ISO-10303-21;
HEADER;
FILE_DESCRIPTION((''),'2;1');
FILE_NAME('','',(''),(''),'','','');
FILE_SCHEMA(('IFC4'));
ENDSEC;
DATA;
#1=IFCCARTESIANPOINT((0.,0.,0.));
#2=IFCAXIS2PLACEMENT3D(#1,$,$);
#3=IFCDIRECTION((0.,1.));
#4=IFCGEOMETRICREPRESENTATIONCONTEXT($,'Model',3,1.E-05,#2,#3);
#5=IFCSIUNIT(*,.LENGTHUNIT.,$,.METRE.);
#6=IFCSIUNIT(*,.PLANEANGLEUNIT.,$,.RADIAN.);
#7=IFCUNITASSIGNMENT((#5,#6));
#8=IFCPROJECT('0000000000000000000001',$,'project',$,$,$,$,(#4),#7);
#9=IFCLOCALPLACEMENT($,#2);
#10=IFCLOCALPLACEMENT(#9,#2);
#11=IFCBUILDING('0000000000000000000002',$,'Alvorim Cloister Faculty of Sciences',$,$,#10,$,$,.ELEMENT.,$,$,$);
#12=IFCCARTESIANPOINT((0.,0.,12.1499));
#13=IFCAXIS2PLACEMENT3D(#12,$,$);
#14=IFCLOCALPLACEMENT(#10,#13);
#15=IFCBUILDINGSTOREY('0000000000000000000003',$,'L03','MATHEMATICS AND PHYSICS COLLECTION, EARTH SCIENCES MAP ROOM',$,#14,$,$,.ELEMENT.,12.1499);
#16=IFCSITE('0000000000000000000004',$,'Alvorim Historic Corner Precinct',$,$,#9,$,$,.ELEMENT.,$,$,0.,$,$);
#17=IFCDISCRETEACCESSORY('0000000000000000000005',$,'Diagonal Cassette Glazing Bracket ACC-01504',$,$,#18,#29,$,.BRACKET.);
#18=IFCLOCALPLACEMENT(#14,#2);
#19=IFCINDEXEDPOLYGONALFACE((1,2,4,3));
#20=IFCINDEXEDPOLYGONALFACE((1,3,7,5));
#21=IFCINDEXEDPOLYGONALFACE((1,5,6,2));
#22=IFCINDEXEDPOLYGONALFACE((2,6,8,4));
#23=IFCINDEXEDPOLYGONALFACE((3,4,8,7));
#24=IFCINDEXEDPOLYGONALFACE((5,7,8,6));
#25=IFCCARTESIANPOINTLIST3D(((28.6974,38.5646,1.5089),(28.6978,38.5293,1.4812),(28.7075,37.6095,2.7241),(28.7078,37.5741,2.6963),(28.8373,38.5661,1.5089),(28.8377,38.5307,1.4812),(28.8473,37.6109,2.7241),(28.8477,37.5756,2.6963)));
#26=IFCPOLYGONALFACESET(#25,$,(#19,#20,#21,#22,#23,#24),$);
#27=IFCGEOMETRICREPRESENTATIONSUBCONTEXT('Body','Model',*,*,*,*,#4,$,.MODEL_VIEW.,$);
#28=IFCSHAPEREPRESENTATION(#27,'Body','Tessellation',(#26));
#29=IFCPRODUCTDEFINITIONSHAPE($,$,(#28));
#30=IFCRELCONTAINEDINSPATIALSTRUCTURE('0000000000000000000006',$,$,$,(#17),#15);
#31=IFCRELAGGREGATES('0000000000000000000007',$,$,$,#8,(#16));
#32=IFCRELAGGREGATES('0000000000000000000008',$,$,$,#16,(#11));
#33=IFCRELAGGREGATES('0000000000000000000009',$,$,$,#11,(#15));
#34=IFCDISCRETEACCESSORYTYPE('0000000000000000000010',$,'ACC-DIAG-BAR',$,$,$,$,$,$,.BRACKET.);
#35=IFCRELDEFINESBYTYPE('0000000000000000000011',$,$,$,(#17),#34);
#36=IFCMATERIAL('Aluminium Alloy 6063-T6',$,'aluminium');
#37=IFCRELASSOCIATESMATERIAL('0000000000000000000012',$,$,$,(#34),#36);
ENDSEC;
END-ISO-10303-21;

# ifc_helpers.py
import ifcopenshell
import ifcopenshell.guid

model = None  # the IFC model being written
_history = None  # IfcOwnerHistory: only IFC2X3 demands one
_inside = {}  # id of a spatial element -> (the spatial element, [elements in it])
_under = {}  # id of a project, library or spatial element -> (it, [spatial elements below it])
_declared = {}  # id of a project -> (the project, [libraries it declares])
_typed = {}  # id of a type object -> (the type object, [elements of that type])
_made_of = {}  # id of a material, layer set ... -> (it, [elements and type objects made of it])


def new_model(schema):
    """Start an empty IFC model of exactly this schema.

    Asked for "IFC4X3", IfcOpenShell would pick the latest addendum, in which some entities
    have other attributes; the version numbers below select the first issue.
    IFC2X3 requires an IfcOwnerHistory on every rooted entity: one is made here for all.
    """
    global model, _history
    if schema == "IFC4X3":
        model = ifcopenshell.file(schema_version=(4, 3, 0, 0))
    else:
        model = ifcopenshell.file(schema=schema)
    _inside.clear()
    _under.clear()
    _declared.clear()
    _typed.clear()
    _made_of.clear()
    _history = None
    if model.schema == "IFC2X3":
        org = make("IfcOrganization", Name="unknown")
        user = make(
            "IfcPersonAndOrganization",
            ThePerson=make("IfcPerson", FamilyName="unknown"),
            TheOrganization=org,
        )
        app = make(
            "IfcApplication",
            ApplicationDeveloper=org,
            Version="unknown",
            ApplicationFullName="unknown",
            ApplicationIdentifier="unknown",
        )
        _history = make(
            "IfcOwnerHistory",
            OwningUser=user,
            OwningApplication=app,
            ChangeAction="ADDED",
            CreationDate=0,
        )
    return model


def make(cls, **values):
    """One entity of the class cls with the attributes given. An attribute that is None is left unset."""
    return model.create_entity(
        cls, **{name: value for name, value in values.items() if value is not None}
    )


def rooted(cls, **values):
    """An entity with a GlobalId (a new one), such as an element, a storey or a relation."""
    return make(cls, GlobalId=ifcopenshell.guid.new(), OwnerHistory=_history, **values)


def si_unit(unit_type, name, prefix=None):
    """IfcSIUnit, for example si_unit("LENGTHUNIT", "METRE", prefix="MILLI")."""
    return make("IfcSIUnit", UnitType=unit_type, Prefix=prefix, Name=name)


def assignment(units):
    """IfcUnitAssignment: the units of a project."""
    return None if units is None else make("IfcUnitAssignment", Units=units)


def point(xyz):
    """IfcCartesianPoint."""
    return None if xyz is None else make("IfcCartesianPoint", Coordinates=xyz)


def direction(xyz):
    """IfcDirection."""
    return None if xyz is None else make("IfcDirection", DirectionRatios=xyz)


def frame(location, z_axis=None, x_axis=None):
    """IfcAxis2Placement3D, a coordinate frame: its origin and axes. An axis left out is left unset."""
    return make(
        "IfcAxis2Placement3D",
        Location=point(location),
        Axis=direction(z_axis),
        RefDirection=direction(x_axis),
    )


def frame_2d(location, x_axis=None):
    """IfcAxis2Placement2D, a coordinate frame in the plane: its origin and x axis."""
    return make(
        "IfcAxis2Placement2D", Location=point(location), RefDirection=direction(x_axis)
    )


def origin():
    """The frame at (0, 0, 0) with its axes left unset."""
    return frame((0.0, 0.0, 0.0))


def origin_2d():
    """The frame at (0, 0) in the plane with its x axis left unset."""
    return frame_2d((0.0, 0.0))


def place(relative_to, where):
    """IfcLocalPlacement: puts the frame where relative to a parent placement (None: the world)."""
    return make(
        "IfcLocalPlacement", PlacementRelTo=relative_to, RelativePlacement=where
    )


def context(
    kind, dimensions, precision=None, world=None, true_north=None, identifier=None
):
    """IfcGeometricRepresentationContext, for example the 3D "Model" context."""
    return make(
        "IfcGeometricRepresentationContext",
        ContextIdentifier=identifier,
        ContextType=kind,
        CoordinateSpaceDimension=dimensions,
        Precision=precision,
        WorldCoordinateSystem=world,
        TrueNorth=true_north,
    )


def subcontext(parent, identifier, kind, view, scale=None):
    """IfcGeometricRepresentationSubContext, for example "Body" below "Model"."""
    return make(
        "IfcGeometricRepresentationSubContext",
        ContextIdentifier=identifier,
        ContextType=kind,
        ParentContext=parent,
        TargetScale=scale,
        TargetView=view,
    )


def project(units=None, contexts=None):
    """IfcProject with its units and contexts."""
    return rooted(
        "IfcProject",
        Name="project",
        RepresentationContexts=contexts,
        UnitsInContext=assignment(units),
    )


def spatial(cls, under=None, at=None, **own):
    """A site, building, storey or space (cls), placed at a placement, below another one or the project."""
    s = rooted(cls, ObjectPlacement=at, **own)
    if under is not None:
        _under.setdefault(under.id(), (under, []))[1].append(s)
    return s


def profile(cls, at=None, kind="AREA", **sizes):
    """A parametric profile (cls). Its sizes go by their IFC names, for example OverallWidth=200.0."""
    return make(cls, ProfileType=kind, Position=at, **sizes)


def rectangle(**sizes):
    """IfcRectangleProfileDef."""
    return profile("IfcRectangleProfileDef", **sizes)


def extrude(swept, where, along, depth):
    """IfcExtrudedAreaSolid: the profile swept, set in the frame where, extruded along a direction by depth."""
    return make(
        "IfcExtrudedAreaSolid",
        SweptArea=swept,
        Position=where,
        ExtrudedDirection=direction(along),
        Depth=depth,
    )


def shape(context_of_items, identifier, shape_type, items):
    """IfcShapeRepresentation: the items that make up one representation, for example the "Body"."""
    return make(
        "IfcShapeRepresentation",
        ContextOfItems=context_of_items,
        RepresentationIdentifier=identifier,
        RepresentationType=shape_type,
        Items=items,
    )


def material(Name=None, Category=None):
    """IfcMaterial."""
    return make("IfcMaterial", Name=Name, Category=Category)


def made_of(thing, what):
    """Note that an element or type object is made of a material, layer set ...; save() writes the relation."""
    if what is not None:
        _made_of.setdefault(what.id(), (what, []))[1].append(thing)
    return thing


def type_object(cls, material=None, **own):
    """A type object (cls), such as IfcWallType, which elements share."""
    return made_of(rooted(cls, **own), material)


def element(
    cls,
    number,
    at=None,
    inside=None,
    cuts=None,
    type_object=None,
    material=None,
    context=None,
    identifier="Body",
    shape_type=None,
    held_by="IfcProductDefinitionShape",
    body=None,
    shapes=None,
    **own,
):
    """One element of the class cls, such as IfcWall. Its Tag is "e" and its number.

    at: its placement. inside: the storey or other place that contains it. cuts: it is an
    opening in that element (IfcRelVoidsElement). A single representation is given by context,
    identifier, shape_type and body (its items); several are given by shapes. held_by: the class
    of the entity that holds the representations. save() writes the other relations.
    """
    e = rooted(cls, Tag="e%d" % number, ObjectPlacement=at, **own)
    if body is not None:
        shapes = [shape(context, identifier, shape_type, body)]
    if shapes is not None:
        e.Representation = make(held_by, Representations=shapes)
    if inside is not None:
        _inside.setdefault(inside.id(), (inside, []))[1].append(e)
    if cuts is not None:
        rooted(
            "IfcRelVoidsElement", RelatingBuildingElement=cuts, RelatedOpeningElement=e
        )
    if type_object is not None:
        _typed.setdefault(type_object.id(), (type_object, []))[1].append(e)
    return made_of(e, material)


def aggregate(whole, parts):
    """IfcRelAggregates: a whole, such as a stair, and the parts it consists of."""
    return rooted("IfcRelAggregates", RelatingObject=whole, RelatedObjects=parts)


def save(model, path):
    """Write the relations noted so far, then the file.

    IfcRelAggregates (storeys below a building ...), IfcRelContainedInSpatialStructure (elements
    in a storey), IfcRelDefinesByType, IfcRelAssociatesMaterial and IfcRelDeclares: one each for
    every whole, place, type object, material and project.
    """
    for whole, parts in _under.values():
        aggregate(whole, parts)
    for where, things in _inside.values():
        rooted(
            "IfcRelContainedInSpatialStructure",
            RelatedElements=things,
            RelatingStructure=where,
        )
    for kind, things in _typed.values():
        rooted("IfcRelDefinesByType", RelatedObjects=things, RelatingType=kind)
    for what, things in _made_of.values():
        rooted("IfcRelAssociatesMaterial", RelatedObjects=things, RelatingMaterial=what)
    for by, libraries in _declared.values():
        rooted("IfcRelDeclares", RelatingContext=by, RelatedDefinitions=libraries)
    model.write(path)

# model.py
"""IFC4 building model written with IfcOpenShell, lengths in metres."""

from ifc_helpers import new_model, si_unit, direction, frame, origin, origin_2d, place, context, subcontext, project, spatial, rectangle, extrude, material, type_object, element, save


model = new_model("IFC4")

# Units and contexts
model_context = context("Model", 3, precision=1e-05, world=origin(), true_north=direction((0.0, 1.0)))
body_context = subcontext(model_context, "Body", "Model", "MODEL_VIEW")
ifc_project = project(units=[si_unit("LENGTHUNIT", "METRE"), si_unit("PLANEANGLEUNIT", "RADIAN")], contexts=[model_context])

# Site, building, storey
site_placement = place(None, origin())
site = spatial("IfcSite", under=ifc_project, at=site_placement, Name="Alvorim Historic Corner Precinct", CompositionType="ELEMENT", RefElevation=0.0)
building_placement = place(site_placement, origin())
building = spatial("IfcBuilding", under=site, at=building_placement, Name="Alvorim Cloister Faculty of Sciences", CompositionType="ELEMENT")
storey_placement = place(building_placement, frame((0.0, 0.0, 12.1499)))
storey = spatial("IfcBuildingStorey", under=building, at=storey_placement, Name="L03", Description="MATHEMATICS AND PHYSICS COLLECTION, EARTH SCIENCES MAP ROOM", CompositionType="ELEMENT", Elevation=12.1499)

# Shared definitions
ifc_material_1 = material(Name="Aluminium Alloy 6063-T6", Category="aluminium")

# Discrete accessory
discrete_accessory_type = type_object("IfcDiscreteAccessoryType", Name="ACC-DIAG-BAR", PredefinedType="BRACKET", material=ifc_material_1)
discrete_accessory_1_placement = place(storey_placement, frame((28.7776, 37.5925, 2.7102), z_axis=(-0.006477, 0.617955, -0.786187), x_axis=(-0.999945, -0.01048, 0.0)))
element("IfcDiscreteAccessory", 1, at=discrete_accessory_1_placement, inside=storey, type_object=discrete_accessory_type, Name="Diagonal Cassette Glazing Bracket ACC-01504", PredefinedType="BRACKET", context=body_context, shape_type="SweptSolid", body=[
    extrude(rectangle(XDim=0.1399, YDim=0.0449, at=origin_2d()), origin(), (0.0, 0.0, 1.0), 1.5457),
])

save(model, "model.ifc")
